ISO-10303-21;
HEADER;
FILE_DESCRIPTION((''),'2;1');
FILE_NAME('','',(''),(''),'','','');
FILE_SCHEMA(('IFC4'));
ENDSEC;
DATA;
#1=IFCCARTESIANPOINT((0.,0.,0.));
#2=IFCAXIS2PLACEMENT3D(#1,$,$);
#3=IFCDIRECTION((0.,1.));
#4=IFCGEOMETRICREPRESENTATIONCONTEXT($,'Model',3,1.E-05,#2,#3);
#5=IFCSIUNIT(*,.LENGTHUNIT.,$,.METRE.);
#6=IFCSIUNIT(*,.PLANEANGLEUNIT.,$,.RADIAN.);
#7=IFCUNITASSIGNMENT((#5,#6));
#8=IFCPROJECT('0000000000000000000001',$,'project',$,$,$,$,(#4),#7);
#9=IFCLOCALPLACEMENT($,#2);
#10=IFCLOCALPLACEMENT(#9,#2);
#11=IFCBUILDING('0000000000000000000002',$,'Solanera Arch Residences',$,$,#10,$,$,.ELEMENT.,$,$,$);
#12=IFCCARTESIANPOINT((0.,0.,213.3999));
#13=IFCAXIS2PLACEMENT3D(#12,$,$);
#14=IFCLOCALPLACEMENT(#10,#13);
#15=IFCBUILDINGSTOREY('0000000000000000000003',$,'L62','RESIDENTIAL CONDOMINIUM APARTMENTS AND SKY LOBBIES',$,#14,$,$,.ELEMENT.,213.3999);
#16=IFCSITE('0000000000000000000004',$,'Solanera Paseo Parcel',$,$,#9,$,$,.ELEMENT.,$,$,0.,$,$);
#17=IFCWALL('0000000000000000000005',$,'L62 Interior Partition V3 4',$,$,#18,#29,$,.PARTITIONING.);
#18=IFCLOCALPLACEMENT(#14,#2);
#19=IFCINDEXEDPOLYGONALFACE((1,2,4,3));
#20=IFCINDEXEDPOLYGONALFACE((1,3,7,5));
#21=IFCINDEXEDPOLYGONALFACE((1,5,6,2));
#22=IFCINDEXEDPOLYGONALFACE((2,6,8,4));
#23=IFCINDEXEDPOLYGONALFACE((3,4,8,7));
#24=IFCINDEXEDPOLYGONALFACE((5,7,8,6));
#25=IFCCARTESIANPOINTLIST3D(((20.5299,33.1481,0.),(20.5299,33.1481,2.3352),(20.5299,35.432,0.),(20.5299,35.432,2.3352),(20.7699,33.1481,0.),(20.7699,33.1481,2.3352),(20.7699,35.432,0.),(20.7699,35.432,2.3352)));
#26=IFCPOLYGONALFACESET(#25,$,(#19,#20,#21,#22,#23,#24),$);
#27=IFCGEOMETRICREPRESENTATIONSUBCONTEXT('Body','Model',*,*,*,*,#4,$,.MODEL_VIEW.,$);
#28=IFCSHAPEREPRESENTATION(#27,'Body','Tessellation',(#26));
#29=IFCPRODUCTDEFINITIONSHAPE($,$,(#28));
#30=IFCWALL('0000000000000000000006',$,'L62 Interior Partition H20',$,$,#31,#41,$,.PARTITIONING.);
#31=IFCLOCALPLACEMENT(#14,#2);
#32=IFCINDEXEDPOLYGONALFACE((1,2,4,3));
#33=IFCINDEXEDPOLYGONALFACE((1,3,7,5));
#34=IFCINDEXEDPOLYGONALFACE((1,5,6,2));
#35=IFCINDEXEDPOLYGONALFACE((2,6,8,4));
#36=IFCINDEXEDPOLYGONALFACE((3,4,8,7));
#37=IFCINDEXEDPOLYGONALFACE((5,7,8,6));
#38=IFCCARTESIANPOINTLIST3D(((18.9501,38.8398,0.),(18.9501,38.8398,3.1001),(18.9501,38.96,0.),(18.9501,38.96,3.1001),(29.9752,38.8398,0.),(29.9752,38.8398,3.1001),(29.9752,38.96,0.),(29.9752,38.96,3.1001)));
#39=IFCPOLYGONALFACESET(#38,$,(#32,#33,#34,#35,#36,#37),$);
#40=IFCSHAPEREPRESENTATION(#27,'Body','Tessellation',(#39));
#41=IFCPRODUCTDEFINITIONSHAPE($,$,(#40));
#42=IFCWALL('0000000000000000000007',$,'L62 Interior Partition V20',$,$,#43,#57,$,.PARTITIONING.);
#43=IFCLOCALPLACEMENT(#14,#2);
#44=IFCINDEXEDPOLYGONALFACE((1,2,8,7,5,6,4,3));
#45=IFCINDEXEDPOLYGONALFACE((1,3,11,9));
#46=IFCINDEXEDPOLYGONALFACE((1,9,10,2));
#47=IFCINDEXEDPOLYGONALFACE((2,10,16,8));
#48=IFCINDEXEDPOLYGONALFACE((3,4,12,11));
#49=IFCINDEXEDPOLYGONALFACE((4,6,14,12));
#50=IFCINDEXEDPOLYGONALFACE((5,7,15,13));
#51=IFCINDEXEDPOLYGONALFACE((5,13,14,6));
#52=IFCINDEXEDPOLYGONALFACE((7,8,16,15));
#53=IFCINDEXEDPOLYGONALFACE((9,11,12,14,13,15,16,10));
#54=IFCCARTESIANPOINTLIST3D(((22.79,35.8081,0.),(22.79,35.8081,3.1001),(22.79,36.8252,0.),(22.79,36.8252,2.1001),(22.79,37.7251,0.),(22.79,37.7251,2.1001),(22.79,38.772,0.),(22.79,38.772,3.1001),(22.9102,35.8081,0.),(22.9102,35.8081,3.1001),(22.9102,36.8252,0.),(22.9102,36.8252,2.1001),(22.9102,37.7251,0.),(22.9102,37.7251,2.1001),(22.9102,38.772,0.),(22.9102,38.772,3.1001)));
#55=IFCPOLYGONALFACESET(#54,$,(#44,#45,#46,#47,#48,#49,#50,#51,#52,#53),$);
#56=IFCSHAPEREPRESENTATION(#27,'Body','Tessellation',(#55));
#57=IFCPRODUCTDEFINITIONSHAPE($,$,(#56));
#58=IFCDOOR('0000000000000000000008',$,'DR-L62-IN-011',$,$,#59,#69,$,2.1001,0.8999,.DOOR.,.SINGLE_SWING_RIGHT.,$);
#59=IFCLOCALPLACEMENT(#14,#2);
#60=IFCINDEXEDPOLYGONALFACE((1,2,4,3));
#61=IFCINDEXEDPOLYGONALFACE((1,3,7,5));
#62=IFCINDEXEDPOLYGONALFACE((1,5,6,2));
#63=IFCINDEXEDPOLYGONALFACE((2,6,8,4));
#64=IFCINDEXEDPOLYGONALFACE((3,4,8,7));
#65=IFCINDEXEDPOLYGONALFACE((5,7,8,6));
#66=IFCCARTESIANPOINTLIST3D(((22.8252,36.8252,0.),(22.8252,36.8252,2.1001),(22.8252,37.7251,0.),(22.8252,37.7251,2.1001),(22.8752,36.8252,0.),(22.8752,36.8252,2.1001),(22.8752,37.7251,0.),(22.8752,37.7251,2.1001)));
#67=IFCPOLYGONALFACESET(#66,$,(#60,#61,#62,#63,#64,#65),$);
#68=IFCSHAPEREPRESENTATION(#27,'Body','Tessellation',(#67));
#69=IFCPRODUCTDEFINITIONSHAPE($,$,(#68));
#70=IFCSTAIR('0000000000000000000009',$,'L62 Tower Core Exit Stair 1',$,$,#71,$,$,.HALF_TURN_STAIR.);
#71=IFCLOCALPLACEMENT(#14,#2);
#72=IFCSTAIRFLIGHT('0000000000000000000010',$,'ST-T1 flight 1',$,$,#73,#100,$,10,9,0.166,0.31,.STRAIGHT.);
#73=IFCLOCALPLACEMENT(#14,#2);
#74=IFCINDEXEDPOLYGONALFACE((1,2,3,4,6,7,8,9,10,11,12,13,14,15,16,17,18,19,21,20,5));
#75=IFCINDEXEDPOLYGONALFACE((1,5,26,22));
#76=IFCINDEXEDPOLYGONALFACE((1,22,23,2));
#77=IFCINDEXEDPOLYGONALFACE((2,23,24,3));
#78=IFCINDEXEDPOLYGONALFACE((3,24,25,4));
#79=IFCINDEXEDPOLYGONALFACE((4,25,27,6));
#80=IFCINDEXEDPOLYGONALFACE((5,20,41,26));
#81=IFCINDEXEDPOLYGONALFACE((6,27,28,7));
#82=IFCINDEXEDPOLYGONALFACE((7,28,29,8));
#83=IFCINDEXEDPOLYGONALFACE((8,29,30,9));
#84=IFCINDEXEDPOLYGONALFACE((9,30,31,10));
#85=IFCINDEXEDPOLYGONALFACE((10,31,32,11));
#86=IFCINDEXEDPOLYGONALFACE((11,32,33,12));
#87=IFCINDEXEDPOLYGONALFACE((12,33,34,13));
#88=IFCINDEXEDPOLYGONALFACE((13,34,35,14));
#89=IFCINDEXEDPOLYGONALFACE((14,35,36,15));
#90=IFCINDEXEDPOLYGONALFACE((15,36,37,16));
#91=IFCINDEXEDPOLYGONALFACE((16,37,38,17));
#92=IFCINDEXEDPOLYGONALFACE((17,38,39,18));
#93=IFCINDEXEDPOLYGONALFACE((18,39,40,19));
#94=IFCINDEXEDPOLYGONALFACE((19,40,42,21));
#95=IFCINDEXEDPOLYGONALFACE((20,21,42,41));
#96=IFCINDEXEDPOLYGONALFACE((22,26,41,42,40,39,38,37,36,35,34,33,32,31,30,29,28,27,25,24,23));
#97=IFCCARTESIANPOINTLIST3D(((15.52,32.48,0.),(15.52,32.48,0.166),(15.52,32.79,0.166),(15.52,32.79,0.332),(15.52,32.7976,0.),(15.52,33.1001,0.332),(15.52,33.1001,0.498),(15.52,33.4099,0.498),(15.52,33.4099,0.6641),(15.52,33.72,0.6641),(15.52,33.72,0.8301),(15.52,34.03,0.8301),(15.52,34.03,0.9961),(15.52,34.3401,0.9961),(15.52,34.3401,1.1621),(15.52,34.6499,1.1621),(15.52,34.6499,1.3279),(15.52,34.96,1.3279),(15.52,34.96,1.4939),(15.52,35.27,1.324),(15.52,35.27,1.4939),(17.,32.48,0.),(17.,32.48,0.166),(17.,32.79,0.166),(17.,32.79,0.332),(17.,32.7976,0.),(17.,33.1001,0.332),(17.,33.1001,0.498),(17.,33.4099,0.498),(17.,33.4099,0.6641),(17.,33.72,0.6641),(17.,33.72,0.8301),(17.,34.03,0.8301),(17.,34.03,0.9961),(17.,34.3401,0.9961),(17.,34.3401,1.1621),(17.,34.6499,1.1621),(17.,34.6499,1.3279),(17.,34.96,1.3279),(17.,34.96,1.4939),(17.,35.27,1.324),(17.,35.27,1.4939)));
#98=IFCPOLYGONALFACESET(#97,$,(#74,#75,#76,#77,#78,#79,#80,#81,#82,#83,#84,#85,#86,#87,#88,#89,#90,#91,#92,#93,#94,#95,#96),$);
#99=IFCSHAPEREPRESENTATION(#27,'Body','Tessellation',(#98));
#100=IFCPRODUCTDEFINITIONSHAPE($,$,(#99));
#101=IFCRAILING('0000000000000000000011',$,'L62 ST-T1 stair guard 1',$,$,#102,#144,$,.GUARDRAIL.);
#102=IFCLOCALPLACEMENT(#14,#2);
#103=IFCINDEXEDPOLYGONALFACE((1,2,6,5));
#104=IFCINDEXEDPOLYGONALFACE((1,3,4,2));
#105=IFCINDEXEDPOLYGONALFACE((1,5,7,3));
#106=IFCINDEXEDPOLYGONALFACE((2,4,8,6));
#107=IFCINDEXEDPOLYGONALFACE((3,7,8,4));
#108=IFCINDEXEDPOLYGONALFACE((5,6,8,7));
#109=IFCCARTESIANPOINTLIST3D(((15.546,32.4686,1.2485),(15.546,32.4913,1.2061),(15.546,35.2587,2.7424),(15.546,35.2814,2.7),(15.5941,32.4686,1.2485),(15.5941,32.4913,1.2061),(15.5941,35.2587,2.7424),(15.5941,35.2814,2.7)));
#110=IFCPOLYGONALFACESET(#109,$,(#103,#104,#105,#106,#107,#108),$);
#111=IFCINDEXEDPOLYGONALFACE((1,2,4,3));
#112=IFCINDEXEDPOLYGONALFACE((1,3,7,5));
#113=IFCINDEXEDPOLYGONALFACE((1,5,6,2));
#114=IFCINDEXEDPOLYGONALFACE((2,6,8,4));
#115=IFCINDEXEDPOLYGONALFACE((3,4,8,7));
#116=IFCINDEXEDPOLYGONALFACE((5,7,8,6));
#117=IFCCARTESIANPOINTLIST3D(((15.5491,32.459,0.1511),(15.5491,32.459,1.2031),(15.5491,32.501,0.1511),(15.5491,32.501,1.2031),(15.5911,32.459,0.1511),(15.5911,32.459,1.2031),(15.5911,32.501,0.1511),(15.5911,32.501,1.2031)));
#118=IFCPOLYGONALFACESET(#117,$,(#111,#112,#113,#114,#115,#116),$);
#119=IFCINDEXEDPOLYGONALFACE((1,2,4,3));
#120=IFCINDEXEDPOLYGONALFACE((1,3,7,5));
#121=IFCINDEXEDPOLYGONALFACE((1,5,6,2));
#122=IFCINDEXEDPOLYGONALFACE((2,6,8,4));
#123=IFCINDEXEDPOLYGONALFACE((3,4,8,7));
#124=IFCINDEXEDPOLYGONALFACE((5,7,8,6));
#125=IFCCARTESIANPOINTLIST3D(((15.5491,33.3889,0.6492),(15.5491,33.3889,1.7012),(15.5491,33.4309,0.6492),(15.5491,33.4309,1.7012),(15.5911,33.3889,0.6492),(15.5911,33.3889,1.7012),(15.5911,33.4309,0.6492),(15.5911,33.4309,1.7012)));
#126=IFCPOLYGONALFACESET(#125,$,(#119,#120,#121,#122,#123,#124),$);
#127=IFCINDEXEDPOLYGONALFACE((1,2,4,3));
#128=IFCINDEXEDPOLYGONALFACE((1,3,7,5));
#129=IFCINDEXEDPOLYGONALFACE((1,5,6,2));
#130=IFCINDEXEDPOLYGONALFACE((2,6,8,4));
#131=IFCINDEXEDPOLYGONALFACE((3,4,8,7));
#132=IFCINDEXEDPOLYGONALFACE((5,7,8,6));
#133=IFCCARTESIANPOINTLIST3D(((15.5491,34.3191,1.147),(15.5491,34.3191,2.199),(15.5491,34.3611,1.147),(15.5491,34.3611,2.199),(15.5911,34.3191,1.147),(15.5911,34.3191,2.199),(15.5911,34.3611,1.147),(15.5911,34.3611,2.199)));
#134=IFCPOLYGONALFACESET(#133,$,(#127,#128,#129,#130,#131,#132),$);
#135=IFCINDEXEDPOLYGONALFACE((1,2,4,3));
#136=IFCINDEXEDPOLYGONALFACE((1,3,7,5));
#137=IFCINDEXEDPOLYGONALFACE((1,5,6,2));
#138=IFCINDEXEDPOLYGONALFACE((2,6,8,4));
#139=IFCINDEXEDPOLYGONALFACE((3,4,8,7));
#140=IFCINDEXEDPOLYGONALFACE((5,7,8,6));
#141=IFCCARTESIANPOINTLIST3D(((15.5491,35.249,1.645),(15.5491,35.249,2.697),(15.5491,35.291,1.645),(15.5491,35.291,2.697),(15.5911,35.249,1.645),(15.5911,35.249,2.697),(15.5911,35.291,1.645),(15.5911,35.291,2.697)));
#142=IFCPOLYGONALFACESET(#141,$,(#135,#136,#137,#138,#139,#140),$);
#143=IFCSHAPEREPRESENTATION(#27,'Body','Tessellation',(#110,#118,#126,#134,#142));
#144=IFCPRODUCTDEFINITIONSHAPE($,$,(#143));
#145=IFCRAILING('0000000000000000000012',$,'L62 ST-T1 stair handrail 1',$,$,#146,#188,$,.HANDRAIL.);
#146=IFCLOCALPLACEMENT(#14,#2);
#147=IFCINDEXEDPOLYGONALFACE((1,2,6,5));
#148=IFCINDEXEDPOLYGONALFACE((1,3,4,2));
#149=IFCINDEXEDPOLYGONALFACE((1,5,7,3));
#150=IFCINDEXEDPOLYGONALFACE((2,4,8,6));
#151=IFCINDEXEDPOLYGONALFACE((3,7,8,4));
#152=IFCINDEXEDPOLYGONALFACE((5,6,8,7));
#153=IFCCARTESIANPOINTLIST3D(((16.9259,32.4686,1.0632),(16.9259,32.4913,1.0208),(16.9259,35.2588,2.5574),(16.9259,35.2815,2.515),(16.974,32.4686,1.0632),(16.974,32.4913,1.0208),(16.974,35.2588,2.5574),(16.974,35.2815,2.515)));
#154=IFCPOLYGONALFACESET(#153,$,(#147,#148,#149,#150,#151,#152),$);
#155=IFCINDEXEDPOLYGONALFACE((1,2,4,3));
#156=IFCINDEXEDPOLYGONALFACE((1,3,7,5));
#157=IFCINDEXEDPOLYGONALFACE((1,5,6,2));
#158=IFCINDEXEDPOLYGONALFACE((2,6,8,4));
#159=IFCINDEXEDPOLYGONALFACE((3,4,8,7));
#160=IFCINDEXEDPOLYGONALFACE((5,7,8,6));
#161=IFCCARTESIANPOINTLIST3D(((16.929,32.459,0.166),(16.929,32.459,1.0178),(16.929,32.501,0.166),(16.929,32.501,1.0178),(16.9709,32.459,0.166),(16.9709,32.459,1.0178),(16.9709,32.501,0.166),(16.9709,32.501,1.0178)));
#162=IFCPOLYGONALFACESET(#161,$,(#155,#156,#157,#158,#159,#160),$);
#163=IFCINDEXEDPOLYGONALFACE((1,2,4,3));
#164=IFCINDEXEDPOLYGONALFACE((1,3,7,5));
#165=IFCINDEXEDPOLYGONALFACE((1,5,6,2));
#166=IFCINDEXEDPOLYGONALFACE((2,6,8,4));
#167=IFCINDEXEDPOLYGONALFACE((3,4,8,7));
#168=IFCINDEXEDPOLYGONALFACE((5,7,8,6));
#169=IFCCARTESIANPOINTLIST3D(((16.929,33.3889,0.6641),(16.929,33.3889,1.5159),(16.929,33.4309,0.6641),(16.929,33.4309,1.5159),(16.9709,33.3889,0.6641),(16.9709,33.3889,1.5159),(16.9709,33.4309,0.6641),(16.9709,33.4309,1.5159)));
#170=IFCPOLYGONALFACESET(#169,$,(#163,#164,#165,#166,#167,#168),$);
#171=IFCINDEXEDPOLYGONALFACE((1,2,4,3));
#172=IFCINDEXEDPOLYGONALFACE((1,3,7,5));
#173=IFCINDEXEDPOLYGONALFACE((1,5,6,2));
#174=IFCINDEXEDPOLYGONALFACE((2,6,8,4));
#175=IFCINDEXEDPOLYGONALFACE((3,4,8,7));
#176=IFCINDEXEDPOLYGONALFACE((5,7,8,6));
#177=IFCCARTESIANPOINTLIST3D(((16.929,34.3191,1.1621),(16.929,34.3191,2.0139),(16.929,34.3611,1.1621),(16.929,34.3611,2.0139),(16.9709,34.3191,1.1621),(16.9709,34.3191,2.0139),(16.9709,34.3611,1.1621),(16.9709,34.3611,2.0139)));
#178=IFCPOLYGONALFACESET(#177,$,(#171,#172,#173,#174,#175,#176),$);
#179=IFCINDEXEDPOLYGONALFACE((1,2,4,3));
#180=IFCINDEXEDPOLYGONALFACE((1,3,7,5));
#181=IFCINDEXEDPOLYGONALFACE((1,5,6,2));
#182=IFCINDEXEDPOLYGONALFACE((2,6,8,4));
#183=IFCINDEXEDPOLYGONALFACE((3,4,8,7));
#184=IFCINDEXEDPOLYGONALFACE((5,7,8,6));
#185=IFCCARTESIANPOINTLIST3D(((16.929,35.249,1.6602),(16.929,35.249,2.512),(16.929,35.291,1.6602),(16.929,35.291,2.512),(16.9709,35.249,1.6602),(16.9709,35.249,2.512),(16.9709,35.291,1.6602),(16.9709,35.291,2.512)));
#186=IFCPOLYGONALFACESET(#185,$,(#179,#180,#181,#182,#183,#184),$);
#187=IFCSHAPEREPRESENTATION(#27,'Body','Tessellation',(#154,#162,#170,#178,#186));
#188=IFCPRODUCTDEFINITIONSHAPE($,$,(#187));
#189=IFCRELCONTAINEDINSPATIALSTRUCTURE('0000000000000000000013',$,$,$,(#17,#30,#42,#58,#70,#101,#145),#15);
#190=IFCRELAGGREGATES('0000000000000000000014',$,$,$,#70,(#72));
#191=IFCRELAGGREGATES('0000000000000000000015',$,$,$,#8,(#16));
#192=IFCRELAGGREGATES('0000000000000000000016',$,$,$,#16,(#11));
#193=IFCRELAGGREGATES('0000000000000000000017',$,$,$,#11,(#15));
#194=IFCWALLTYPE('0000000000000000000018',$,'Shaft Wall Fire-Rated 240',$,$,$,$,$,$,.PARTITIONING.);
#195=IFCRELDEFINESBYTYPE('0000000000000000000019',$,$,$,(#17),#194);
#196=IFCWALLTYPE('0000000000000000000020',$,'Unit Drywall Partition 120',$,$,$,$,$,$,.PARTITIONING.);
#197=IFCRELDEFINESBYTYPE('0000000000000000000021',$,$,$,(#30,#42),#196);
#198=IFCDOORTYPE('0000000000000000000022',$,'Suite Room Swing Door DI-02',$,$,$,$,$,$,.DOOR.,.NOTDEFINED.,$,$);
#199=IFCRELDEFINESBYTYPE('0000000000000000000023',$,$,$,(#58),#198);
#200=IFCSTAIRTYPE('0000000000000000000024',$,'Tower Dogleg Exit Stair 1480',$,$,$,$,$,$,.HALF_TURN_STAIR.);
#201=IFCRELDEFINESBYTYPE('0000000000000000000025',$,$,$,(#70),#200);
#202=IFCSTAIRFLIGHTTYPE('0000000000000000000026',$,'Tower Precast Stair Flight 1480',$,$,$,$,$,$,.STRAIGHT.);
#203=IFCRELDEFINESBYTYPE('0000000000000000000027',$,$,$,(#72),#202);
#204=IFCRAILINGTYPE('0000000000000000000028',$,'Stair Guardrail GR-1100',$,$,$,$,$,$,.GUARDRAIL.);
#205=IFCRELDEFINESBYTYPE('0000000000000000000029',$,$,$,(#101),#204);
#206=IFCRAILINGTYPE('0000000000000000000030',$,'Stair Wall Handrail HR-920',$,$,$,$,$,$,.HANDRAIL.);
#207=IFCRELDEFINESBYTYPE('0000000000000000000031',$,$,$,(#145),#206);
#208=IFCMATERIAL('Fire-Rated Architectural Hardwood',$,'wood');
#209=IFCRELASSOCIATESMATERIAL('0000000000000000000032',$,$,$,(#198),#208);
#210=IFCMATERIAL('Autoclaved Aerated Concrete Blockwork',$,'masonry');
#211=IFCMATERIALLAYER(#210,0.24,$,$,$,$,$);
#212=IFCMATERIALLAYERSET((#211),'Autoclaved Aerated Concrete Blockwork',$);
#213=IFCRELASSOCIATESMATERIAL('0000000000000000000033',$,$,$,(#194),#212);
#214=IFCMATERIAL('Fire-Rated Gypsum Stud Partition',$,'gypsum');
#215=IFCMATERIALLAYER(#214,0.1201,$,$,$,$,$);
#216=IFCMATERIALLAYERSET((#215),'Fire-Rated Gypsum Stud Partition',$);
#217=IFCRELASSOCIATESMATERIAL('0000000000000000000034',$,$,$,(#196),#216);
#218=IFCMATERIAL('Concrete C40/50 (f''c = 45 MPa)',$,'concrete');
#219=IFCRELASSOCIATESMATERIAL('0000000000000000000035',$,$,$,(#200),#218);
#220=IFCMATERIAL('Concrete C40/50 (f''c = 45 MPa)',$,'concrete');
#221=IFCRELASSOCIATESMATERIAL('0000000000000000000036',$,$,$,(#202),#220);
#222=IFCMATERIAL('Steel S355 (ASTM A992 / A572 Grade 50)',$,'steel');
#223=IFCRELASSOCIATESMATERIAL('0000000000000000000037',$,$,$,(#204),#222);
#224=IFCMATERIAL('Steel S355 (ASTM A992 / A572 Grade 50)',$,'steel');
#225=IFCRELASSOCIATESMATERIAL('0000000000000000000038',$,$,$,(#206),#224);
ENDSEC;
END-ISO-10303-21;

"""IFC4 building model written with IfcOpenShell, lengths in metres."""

from ifc_helpers import new_model, si_unit, direction, frame, frame_2d, origin, origin_2d, place, context, subcontext, project, spatial, polyline, rectangle, outline, extrude, material, layer, layer_set, type_object, element, fill, aggregate, save


model = new_model("IFC4")

# Units and contexts
model_context = context("Model", 3, precision=1e-05, world=origin(), true_north=direction((0.0, 1.0)))
body_context = subcontext(model_context, "Body", "Model", "MODEL_VIEW")
ifc_project = project(units=[si_unit("LENGTHUNIT", "METRE"), si_unit("PLANEANGLEUNIT", "RADIAN")], contexts=[model_context])

# Site, building, storey
site_placement = place(None, origin())
site = spatial("IfcSite", under=ifc_project, at=site_placement, Name="Solanera Paseo Parcel", CompositionType="ELEMENT", RefElevation=0.0)
building_placement = place(site_placement, origin())
building = spatial("IfcBuilding", under=site, at=building_placement, Name="Solanera Arch Residences", CompositionType="ELEMENT")
storey_placement = place(building_placement, frame((0.0, 0.0, 213.3999)))
storey = spatial("IfcBuildingStorey", under=building, at=storey_placement, Name="L62", Description="RESIDENTIAL CONDOMINIUM APARTMENTS AND SKY LOBBIES", CompositionType="ELEMENT", Elevation=213.3999)

# Shared definitions
ifc_material_1 = material(Name="Fire-Rated Architectural Hardwood", Category="wood")
door_type_1 = type_object("IfcDoorType", Name="Suite Room Swing Door DI-02", OperationType="NOTDEFINED", PredefinedType="DOOR", material=ifc_material_1)

# Shared definitions
ifc_material_2 = material(Name="Autoclaved Aerated Concrete Blockwork", Category="masonry")
ifc_layer_1 = layer(ifc_material_2, 0.24)
ifc_layer_set_1 = layer_set([ifc_layer_1], Name="Autoclaved Aerated Concrete Blockwork")
wall_type_1 = type_object("IfcWallType", Name="Shaft Wall Fire-Rated 240", PredefinedType="PARTITIONING", material=ifc_layer_set_1)

# Walls
wall_1_placement = place(storey_placement, frame((20.6499, 33.1479, 0.0), z_axis=(0.0, 0.0, 1.0), x_axis=(0.0, 1.0, 0.0)))
element("IfcWall", 1, at=wall_1_placement, inside=storey, type_object=wall_type_1, Name="L62 Interior Partition V3 4", PredefinedType="PARTITIONING", context=body_context, shape_type="SweptSolid", body=[
    extrude(rectangle(XDim=2.2839, YDim=0.24, at=frame_2d((1.1421, 0.0))), origin(), (0.0, 0.0, 1.0), 2.3352),
])
ifc_material_3 = material(Name="Fire-Rated Gypsum Stud Partition", Category="gypsum")
ifc_layer_2 = layer(ifc_material_3, 0.1201)
ifc_layer_set_2 = layer_set([ifc_layer_2], Name="Fire-Rated Gypsum Stud Partition")
wall_type_2 = type_object("IfcWallType", Name="Unit Drywall Partition 120", PredefinedType="PARTITIONING", material=ifc_layer_set_2)
wall_2_placement = place(storey_placement, frame((18.95, 38.8999, 0.0), z_axis=(0.0, 0.0, 1.0), x_axis=(1.0, 0.0, 0.0)))
element("IfcWall", 2, at=wall_2_placement, inside=storey, type_object=wall_type_2, Name="L62 Interior Partition H20", PredefinedType="PARTITIONING", context=body_context, shape_type="SweptSolid", body=[
    extrude(rectangle(XDim=11.0251, YDim=0.1201, at=frame_2d((5.5127, 0.0))), origin(), (0.0, 0.0, 1.0), 3.1001),
])

# Wall, opening, door
wall_3_placement = place(storey_placement, frame((22.8501, 35.8081, 0.0), z_axis=(0.0, 0.0, 1.0), x_axis=(0.0, 1.0, 0.0)))
wall_3 = element("IfcWall", 3, at=wall_3_placement, inside=storey, type_object=wall_type_2, Name="L62 Interior Partition V20", PredefinedType="PARTITIONING", context=body_context, shape_type="SweptSolid", body=[
    extrude(rectangle(XDim=2.9639, YDim=0.1201, at=frame_2d((1.4819, 0.0))), origin(), (0.0, 0.0, 1.0), 3.1001),
])
opening_1_placement = place(wall_3_placement, frame((1.0171, 0.0, 0.0)))
opening_1 = element("IfcOpeningElement", 4, at=opening_1_placement, cuts=wall_3, PredefinedType="OPENING", context=body_context, shape_type="SweptSolid", body=[
    extrude(rectangle(XDim=0.8999, YDim=2.1001, at=frame_2d((0.45, 1.05))), frame((0.0, 0.0701, 0.0), z_axis=(0.0, -1.0, 0.0), x_axis=(1.0, 0.0, 0.0)), (0.0, 0.0, 1.0), 0.1401),
])
door_1_placement = place(opening_1_placement, origin())
door_1 = element("IfcDoor", 5, at=door_1_placement, inside=storey, type_object=door_type_1, Name="DR-L62-IN-011", OperationType="SINGLE_SWING_RIGHT", OverallHeight=2.1001, OverallWidth=0.8999, PredefinedType="DOOR", context=body_context, shape_type="SweptSolid", body=[
    extrude(rectangle(XDim=0.8999, YDim=2.1001, at=frame_2d((0.45, 1.05))), frame((0.0, 0.0249, 0.0), z_axis=(0.0, -1.0, 0.0), x_axis=(1.0, 0.0, 0.0)), (0.0, 0.0, 1.0), 0.05),
])
fill(opening_1, door_1)

# Stair, stair flight
ifc_material_4 = material(Name="Concrete C40/50 (f'c = 45 MPa)", Category="concrete")
stair_type = type_object("IfcStairType", Name="Tower Dogleg Exit Stair 1480", PredefinedType="HALF_TURN_STAIR", material=ifc_material_4)
stair_placement = place(storey_placement, origin())
stair = element("IfcStair", 6, at=stair_placement, inside=storey, type_object=stair_type, Name="L62 Tower Core Exit Stair 1", PredefinedType="HALF_TURN_STAIR")
ifc_material_5 = material(Name="Concrete C40/50 (f'c = 45 MPa)", Category="concrete")
stair_flight_type = type_object("IfcStairFlightType", Name="Tower Precast Stair Flight 1480", PredefinedType="STRAIGHT", material=ifc_material_5)
stair_flight_placement = place(storey_placement, frame((16.26, 32.48, 0.0), z_axis=(0.0, 0.0, 1.0), x_axis=(0.0, 1.0, 0.0)))
stair_flight = element("IfcStairFlight", 7, at=stair_flight_placement, type_object=stair_flight_type, Name="ST-T1 flight 1", NumberOfRisers=10, NumberOfTreads=9, PredefinedType="STRAIGHT", RiserHeight=0.166, TreadLength=0.31, context=body_context, shape_type="SweptSolid", body=[
    extrude(outline(polyline([(0.0, 0.0), (0.0, 0.166), (0.3101, 0.166), (0.3101, 0.332), (0.6201, 0.332), (0.6201, 0.498), (0.9299, 0.498), (0.9299, 0.6641), (1.24, 0.6641), (1.24, 0.8301), (1.55, 0.8301), (1.55, 0.9961), (1.8601, 0.9961), (1.8601, 1.1621), (2.1699, 1.1621), (2.1699, 1.3279), (2.48, 1.3279), (2.48, 1.4939), (2.79, 1.4939), (2.79, 1.6599), (2.79, 1.324), (0.3176, 0.0), (0.0, 0.0)])), frame((0.0, 0.74, 0.0), z_axis=(0.0, -1.0, 0.0), x_axis=(1.0, 0.0, 0.0)), (0.0, 0.0, 1.0), 1.48),
])
aggregate(stair, [stair_flight])

# Railings
ifc_material_6 = material(Name="Steel S355 (ASTM A992 / A572 Grade 50)", Category="steel")
railing_type_1 = type_object("IfcRailingType", Name="Stair Guardrail GR-1100", PredefinedType="GUARDRAIL", material=ifc_material_6)
railing_1_placement = place(storey_placement, frame((15.5701, 32.48, 0.1511)))
element("IfcRailing", 8, at=railing_1_placement, inside=storey, type_object=railing_type_1, Name="L62 ST-T1 stair guard 1", PredefinedType="GUARDRAIL", context=body_context, shape_type="SweptSolid", body=[
    extrude(rectangle(XDim=0.0481, YDim=0.0481, at=origin_2d()), frame((0.0, 0.0, 1.0762), z_axis=(0.0, 0.881581, 0.472033), x_axis=(-1.0, 0.0, 0.0)), (0.0, 0.0, 1.0), 3.1648),
    extrude(rectangle(XDim=0.042, YDim=0.042, at=origin_2d()), origin(), (0.0, 0.0, 1.0), 1.052),
    extrude(rectangle(XDim=0.042, YDim=0.042, at=origin_2d()), frame((0.0, 0.9299, 0.498)), (0.0, 0.0, 1.0), 1.052),
    extrude(rectangle(XDim=0.042, YDim=0.042, at=origin_2d()), frame((0.0, 1.8601, 0.9958)), (0.0, 0.0, 1.0), 1.052),
    extrude(rectangle(XDim=0.042, YDim=0.042, at=origin_2d()), frame((0.0, 2.79, 1.4939)), (0.0, 0.0, 1.0), 1.052),
])
ifc_material_7 = material(Name="Steel S355 (ASTM A992 / A572 Grade 50)", Category="steel")
railing_type_2 = type_object("IfcRailingType", Name="Stair Wall Handrail HR-920", PredefinedType="HANDRAIL", material=ifc_material_7)
railing_2_placement = place(storey_placement, frame((16.95, 32.48, 0.166)))
element("IfcRailing", 9, at=railing_2_placement, inside=storey, type_object=railing_type_2, Name="L62 ST-T1 stair handrail 1", PredefinedType="HANDRAIL", context=body_context, shape_type="SweptSolid", body=[
    extrude(rectangle(XDim=0.0481, YDim=0.0481, at=origin_2d()), frame((0.0, 0.0, 0.876), z_axis=(0.0, 0.881549, 0.472093), x_axis=(-1.0, 0.0, 0.0)), (0.0, 0.0, 1.0), 3.165),
    extrude(rectangle(XDim=0.042, YDim=0.042, at=origin_2d()), origin(), (0.0, 0.0, 1.0), 0.8518),
    extrude(rectangle(XDim=0.042, YDim=0.042, at=origin_2d()), frame((0.0, 0.9299, 0.498)), (0.0, 0.0, 1.0), 0.8518),
    extrude(rectangle(XDim=0.042, YDim=0.042, at=origin_2d()), frame((0.0, 1.8601, 0.9961)), (0.0, 0.0, 1.0), 0.8518),
    extrude(rectangle(XDim=0.042, YDim=0.042, at=origin_2d()), frame((0.0, 2.79, 1.4941)), (0.0, 0.0, 1.0), 0.8518),
])

save(model, "model.ifc")
